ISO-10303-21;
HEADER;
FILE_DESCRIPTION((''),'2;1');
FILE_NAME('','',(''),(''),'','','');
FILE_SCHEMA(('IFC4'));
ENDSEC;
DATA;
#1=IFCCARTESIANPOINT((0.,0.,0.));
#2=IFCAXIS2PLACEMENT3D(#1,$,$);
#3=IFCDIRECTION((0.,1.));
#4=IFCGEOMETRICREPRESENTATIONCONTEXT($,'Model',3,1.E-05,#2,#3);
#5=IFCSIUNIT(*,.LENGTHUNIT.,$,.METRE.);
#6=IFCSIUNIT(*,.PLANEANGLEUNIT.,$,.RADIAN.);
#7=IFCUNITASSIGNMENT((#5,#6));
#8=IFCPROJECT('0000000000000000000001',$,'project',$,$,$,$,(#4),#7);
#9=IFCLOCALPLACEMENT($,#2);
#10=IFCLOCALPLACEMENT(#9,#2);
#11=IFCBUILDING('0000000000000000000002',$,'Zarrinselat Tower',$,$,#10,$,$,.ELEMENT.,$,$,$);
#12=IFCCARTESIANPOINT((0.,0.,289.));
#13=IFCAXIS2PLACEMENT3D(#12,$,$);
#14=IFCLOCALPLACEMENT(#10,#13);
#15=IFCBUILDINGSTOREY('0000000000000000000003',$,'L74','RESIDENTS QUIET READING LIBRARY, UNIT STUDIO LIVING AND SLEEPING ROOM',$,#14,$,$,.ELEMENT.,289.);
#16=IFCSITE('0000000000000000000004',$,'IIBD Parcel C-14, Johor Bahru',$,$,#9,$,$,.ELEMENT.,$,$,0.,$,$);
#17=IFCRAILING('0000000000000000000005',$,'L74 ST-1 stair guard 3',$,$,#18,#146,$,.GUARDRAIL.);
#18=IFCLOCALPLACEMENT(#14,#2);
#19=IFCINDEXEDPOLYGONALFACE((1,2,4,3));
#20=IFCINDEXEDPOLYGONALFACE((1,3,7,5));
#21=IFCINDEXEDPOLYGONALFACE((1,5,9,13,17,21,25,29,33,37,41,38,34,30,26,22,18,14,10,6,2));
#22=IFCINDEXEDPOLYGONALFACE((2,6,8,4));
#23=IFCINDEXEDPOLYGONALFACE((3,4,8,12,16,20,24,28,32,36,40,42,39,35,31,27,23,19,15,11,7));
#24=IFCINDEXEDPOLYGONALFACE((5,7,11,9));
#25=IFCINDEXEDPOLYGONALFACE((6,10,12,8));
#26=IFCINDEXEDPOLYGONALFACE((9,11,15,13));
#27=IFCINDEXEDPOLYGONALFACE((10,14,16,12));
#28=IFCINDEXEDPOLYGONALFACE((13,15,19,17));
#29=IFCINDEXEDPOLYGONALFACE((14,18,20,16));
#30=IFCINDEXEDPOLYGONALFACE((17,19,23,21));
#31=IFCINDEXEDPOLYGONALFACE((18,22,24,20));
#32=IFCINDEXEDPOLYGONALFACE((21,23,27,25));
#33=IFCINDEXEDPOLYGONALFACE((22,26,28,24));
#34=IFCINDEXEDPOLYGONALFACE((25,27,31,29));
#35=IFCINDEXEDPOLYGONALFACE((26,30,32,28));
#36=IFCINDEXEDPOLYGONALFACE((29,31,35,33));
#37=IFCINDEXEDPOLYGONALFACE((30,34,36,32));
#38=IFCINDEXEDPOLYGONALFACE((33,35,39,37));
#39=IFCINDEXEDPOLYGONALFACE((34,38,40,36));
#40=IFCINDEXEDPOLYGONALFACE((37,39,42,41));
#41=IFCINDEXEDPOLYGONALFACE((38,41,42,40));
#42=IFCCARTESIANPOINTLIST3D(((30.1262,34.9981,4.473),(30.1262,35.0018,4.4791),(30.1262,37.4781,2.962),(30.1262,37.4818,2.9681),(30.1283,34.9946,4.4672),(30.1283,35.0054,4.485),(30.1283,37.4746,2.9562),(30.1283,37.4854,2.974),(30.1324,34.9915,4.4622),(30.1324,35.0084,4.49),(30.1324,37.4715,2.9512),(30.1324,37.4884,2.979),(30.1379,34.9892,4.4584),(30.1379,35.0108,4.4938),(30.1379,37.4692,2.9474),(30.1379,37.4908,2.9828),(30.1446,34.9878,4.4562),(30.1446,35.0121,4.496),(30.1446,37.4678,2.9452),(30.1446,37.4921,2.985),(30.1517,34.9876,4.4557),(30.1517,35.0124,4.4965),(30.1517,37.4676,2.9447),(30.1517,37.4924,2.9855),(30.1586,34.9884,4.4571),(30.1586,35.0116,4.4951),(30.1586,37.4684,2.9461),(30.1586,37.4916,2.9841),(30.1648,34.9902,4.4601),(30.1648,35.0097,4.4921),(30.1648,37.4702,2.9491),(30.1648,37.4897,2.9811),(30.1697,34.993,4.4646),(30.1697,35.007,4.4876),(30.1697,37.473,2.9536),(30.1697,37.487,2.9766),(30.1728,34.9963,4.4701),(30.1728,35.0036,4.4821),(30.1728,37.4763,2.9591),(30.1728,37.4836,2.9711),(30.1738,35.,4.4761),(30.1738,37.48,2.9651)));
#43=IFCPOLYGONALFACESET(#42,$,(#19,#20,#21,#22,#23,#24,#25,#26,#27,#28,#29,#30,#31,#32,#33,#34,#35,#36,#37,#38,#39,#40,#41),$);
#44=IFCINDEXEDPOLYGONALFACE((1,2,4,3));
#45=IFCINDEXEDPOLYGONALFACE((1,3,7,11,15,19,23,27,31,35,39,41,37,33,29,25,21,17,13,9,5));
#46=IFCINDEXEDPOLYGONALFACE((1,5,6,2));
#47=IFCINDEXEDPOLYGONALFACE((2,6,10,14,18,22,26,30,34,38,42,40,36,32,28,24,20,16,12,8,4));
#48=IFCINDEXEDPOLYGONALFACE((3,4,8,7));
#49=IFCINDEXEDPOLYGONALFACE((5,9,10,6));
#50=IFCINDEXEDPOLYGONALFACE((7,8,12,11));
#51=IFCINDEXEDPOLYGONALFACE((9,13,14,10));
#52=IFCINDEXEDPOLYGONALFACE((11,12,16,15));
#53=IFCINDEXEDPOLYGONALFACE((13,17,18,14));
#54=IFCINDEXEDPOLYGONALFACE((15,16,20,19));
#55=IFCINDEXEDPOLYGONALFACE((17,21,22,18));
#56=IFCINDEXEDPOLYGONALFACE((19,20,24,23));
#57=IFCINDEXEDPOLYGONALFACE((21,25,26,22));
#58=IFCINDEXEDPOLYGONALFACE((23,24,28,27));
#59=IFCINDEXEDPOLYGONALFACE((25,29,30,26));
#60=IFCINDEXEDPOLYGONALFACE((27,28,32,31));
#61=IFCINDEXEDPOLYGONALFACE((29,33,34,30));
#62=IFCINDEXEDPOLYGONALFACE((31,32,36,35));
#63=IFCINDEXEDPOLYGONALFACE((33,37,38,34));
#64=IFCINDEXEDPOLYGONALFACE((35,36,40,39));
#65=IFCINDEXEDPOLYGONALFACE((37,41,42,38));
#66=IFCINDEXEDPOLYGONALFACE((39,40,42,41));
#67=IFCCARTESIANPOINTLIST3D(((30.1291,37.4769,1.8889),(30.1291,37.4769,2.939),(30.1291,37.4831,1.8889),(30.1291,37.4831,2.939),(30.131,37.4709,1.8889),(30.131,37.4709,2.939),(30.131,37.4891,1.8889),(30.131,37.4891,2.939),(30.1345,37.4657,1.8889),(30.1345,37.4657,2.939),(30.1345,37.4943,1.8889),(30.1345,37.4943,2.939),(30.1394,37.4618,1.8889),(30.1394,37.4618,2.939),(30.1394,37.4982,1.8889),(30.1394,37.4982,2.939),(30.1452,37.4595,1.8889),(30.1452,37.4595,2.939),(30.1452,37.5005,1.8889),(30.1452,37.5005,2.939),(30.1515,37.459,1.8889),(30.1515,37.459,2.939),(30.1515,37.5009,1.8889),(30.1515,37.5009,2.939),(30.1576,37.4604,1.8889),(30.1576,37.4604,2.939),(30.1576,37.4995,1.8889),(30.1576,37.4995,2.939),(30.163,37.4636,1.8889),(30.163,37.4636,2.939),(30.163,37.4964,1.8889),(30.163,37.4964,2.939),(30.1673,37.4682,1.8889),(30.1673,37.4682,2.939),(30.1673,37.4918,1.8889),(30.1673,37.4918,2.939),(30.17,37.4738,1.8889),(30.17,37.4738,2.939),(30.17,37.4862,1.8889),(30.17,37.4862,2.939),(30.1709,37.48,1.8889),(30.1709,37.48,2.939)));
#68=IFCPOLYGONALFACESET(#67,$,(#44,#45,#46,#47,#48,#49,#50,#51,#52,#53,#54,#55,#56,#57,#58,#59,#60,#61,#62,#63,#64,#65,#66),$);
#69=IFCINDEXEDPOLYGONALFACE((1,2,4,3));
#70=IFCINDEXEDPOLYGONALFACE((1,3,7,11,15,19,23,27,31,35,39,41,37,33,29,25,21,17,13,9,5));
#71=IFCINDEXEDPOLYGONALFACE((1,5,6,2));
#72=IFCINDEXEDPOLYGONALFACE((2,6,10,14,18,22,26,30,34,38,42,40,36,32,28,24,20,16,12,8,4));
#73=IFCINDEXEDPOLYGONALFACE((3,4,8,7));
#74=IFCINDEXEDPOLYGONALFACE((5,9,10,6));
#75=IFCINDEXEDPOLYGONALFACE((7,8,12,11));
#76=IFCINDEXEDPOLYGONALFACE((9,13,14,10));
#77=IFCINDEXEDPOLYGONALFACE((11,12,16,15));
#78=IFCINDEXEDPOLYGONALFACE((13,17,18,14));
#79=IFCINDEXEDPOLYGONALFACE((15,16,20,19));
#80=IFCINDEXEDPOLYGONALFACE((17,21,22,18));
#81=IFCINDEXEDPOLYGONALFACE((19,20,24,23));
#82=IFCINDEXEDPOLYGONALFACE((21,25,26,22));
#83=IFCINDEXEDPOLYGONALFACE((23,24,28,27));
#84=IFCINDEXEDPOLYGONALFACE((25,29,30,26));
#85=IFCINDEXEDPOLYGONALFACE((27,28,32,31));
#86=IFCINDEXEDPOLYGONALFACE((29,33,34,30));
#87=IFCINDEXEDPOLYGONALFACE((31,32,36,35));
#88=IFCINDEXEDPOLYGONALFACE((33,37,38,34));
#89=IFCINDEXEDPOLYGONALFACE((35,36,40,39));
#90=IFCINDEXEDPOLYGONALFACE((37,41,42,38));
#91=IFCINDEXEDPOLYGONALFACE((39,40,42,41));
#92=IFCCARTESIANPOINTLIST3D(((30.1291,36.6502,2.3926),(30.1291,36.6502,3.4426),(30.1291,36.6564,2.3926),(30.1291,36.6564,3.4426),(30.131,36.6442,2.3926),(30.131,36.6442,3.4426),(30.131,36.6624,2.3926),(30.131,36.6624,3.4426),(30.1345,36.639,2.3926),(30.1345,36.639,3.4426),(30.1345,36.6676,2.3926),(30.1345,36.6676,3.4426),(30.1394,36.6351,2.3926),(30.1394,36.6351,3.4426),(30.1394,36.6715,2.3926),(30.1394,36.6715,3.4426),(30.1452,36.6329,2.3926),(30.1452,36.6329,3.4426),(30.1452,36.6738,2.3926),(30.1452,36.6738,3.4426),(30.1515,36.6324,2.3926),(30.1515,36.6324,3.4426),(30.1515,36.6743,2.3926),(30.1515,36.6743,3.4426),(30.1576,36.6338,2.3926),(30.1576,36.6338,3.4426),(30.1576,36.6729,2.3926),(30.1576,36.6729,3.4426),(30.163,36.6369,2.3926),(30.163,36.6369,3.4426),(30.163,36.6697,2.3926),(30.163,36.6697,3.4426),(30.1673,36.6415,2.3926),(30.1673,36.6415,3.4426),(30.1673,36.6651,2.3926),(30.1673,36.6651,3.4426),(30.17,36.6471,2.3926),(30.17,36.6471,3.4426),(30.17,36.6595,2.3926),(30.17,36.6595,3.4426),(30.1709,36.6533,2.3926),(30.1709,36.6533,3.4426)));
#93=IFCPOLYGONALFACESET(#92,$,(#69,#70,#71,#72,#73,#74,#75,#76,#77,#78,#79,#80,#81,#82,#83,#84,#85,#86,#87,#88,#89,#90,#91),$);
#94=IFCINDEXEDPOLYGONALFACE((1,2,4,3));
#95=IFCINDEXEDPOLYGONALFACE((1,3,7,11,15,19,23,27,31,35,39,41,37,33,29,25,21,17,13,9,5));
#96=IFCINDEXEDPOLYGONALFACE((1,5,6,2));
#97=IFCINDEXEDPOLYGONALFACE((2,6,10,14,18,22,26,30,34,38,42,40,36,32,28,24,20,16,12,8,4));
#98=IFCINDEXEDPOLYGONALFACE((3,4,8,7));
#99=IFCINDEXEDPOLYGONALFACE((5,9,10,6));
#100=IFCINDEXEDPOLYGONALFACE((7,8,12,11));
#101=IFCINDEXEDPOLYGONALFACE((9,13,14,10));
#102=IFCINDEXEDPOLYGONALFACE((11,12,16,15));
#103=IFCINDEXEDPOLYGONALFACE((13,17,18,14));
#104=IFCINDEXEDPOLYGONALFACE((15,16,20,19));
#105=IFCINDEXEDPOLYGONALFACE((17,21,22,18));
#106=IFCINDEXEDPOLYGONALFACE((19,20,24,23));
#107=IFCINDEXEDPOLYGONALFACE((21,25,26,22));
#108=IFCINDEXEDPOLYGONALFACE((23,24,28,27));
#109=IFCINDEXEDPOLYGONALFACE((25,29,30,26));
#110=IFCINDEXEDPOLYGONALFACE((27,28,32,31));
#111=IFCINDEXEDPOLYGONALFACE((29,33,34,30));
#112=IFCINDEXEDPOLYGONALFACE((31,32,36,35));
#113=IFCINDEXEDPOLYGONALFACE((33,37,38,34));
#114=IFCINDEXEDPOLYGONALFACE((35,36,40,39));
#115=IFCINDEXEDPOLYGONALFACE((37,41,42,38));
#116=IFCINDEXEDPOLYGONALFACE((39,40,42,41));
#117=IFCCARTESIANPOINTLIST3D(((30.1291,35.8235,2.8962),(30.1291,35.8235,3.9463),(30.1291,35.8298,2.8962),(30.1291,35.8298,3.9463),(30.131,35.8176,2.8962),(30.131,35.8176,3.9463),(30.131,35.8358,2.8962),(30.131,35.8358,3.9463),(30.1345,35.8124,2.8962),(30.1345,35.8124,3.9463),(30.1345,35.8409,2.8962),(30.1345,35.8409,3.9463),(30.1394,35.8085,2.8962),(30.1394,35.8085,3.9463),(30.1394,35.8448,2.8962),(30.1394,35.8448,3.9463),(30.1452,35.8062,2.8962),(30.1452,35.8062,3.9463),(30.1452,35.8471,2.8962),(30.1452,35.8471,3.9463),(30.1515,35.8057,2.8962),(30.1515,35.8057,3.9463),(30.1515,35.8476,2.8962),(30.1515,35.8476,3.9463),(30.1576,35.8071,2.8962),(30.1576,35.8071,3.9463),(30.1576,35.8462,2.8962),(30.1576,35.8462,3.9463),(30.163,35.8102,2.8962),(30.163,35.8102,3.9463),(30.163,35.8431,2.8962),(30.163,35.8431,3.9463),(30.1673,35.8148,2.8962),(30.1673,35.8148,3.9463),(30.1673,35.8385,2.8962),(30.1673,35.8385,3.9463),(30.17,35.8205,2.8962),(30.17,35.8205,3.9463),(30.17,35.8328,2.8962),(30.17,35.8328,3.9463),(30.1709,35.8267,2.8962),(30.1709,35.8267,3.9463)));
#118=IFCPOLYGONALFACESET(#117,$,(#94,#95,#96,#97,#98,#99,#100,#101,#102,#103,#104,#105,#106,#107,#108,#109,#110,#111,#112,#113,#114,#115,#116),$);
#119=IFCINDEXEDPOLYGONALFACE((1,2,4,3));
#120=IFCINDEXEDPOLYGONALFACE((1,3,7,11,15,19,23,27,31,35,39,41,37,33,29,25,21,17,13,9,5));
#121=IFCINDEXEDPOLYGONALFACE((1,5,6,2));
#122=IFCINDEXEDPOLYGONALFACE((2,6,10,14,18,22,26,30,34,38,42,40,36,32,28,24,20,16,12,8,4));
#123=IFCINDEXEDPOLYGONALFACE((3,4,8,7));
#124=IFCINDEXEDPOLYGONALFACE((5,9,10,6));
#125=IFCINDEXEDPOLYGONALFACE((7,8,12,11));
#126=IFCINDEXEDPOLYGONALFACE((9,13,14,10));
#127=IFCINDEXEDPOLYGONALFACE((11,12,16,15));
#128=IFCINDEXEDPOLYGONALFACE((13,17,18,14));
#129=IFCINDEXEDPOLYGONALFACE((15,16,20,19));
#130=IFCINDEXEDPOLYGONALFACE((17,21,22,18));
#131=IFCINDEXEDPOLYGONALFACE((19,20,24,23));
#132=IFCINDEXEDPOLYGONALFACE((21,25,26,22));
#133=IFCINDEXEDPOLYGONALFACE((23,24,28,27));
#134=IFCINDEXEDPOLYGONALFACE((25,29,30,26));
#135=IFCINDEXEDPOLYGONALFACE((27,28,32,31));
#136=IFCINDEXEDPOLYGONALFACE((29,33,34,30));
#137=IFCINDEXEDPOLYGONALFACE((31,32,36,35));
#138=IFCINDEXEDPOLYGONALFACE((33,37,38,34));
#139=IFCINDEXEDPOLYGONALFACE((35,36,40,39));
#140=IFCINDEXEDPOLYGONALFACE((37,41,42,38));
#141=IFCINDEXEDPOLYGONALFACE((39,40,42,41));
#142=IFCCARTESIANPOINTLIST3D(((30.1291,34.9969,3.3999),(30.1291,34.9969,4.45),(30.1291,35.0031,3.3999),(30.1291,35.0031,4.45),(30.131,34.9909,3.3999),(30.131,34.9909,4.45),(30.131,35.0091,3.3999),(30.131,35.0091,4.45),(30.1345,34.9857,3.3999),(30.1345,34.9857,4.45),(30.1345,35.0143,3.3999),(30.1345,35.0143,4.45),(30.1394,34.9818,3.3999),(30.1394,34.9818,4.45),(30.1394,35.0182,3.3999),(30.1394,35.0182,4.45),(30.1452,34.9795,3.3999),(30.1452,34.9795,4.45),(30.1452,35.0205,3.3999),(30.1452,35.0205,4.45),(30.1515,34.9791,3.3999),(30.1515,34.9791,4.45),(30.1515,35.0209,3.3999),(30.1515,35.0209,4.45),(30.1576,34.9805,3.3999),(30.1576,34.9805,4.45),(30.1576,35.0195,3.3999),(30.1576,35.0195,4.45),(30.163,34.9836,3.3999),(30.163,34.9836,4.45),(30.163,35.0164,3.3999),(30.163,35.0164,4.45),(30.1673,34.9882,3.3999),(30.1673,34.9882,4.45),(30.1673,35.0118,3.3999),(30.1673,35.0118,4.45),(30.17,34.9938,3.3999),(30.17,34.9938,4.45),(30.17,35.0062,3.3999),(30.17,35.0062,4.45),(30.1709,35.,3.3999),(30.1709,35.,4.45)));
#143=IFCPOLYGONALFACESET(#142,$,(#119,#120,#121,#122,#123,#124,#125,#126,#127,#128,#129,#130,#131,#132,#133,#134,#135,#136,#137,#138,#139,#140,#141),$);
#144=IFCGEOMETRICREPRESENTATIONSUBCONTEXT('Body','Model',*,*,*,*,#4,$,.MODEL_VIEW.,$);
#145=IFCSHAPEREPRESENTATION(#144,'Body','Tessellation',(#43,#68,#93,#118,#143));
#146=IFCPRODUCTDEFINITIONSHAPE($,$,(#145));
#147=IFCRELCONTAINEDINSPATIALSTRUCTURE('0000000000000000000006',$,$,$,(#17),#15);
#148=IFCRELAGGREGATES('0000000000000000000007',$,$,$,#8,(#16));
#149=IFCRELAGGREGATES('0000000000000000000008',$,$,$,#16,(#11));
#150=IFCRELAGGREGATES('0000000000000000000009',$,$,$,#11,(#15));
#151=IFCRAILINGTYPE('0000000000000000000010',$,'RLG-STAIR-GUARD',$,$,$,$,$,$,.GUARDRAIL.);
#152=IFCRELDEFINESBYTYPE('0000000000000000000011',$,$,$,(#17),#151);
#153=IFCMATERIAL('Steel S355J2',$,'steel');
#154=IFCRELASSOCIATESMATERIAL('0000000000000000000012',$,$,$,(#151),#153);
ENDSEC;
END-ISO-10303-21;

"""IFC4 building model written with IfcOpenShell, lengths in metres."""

from ifc_helpers import new_model, si_unit, direction, frame, origin, origin_2d, place, context, subcontext, project, spatial, circle, extrude, material, type_object, element, save


model = new_model("IFC4")

# Units and contexts
model_context = context("Model", 3, precision=1e-05, world=origin(), true_north=direction((0.0, 1.0)))
body_context = subcontext(model_context, "Body", "Model", "MODEL_VIEW")
ifc_project = project(units=[si_unit("LENGTHUNIT", "METRE"), si_unit("PLANEANGLEUNIT", "RADIAN")], contexts=[model_context])

# Site, building, storey
site_placement = place(None, origin())
site = spatial("IfcSite", under=ifc_project, at=site_placement, Name="IIBD Parcel C-14, Johor Bahru", CompositionType="ELEMENT", RefElevation=0.0)
building_placement = place(site_placement, origin())
building = spatial("IfcBuilding", under=site, at=building_placement, Name="Zarrinselat Tower", CompositionType="ELEMENT")
storey_placement = place(building_placement, frame((0.0, 0.0, 289.0)))
storey = spatial("IfcBuildingStorey", under=building, at=storey_placement, Name="L74", Description="RESIDENTS QUIET READING LIBRARY, UNIT STUDIO LIVING AND SLEEPING ROOM", CompositionType="ELEMENT", Elevation=289.0)

# Railing
ifc_material_1 = material(Name="Steel S355J2", Category="steel")
railing_type_1 = type_object("IfcRailingType", Name="RLG-STAIR-GUARD", PredefinedType="GUARDRAIL", material=ifc_material_1)
railing_1_placement = place(storey_placement, frame((30.1499, 37.48, 1.8889)))
element("IfcRailing", 1, at=railing_1_placement, inside=storey, type_object=railing_type_1, Name="L74 ST-1 stair guard 3", PredefinedType="GUARDRAIL", context=body_context, shape_type="SweptSolid", body=[
    extrude(circle(Radius=0.0239, at=origin_2d()), frame((0.0, 0.0, 1.0762), z_axis=(0.0, -0.853979, 0.520307), x_axis=(1.0, 0.0, 0.0)), (0.0, 0.0, 1.0), 2.9041),
    extrude(circle(Radius=0.021, at=origin_2d()), origin(), (0.0, 0.0, 1.0), 1.05),
    extrude(circle(Radius=0.021, at=origin_2d()), frame((0.0, -0.8267, 0.5037)), (0.0, 0.0, 1.0), 1.05),
    extrude(circle(Radius=0.021, at=origin_2d()), frame((0.0, -1.6533, 1.0073)), (0.0, 0.0, 1.0), 1.05),
    extrude(circle(Radius=0.021, at=origin_2d()), frame((0.0, -2.48, 1.511)), (0.0, 0.0, 1.0), 1.05),
])

save(model, "model.ifc")
